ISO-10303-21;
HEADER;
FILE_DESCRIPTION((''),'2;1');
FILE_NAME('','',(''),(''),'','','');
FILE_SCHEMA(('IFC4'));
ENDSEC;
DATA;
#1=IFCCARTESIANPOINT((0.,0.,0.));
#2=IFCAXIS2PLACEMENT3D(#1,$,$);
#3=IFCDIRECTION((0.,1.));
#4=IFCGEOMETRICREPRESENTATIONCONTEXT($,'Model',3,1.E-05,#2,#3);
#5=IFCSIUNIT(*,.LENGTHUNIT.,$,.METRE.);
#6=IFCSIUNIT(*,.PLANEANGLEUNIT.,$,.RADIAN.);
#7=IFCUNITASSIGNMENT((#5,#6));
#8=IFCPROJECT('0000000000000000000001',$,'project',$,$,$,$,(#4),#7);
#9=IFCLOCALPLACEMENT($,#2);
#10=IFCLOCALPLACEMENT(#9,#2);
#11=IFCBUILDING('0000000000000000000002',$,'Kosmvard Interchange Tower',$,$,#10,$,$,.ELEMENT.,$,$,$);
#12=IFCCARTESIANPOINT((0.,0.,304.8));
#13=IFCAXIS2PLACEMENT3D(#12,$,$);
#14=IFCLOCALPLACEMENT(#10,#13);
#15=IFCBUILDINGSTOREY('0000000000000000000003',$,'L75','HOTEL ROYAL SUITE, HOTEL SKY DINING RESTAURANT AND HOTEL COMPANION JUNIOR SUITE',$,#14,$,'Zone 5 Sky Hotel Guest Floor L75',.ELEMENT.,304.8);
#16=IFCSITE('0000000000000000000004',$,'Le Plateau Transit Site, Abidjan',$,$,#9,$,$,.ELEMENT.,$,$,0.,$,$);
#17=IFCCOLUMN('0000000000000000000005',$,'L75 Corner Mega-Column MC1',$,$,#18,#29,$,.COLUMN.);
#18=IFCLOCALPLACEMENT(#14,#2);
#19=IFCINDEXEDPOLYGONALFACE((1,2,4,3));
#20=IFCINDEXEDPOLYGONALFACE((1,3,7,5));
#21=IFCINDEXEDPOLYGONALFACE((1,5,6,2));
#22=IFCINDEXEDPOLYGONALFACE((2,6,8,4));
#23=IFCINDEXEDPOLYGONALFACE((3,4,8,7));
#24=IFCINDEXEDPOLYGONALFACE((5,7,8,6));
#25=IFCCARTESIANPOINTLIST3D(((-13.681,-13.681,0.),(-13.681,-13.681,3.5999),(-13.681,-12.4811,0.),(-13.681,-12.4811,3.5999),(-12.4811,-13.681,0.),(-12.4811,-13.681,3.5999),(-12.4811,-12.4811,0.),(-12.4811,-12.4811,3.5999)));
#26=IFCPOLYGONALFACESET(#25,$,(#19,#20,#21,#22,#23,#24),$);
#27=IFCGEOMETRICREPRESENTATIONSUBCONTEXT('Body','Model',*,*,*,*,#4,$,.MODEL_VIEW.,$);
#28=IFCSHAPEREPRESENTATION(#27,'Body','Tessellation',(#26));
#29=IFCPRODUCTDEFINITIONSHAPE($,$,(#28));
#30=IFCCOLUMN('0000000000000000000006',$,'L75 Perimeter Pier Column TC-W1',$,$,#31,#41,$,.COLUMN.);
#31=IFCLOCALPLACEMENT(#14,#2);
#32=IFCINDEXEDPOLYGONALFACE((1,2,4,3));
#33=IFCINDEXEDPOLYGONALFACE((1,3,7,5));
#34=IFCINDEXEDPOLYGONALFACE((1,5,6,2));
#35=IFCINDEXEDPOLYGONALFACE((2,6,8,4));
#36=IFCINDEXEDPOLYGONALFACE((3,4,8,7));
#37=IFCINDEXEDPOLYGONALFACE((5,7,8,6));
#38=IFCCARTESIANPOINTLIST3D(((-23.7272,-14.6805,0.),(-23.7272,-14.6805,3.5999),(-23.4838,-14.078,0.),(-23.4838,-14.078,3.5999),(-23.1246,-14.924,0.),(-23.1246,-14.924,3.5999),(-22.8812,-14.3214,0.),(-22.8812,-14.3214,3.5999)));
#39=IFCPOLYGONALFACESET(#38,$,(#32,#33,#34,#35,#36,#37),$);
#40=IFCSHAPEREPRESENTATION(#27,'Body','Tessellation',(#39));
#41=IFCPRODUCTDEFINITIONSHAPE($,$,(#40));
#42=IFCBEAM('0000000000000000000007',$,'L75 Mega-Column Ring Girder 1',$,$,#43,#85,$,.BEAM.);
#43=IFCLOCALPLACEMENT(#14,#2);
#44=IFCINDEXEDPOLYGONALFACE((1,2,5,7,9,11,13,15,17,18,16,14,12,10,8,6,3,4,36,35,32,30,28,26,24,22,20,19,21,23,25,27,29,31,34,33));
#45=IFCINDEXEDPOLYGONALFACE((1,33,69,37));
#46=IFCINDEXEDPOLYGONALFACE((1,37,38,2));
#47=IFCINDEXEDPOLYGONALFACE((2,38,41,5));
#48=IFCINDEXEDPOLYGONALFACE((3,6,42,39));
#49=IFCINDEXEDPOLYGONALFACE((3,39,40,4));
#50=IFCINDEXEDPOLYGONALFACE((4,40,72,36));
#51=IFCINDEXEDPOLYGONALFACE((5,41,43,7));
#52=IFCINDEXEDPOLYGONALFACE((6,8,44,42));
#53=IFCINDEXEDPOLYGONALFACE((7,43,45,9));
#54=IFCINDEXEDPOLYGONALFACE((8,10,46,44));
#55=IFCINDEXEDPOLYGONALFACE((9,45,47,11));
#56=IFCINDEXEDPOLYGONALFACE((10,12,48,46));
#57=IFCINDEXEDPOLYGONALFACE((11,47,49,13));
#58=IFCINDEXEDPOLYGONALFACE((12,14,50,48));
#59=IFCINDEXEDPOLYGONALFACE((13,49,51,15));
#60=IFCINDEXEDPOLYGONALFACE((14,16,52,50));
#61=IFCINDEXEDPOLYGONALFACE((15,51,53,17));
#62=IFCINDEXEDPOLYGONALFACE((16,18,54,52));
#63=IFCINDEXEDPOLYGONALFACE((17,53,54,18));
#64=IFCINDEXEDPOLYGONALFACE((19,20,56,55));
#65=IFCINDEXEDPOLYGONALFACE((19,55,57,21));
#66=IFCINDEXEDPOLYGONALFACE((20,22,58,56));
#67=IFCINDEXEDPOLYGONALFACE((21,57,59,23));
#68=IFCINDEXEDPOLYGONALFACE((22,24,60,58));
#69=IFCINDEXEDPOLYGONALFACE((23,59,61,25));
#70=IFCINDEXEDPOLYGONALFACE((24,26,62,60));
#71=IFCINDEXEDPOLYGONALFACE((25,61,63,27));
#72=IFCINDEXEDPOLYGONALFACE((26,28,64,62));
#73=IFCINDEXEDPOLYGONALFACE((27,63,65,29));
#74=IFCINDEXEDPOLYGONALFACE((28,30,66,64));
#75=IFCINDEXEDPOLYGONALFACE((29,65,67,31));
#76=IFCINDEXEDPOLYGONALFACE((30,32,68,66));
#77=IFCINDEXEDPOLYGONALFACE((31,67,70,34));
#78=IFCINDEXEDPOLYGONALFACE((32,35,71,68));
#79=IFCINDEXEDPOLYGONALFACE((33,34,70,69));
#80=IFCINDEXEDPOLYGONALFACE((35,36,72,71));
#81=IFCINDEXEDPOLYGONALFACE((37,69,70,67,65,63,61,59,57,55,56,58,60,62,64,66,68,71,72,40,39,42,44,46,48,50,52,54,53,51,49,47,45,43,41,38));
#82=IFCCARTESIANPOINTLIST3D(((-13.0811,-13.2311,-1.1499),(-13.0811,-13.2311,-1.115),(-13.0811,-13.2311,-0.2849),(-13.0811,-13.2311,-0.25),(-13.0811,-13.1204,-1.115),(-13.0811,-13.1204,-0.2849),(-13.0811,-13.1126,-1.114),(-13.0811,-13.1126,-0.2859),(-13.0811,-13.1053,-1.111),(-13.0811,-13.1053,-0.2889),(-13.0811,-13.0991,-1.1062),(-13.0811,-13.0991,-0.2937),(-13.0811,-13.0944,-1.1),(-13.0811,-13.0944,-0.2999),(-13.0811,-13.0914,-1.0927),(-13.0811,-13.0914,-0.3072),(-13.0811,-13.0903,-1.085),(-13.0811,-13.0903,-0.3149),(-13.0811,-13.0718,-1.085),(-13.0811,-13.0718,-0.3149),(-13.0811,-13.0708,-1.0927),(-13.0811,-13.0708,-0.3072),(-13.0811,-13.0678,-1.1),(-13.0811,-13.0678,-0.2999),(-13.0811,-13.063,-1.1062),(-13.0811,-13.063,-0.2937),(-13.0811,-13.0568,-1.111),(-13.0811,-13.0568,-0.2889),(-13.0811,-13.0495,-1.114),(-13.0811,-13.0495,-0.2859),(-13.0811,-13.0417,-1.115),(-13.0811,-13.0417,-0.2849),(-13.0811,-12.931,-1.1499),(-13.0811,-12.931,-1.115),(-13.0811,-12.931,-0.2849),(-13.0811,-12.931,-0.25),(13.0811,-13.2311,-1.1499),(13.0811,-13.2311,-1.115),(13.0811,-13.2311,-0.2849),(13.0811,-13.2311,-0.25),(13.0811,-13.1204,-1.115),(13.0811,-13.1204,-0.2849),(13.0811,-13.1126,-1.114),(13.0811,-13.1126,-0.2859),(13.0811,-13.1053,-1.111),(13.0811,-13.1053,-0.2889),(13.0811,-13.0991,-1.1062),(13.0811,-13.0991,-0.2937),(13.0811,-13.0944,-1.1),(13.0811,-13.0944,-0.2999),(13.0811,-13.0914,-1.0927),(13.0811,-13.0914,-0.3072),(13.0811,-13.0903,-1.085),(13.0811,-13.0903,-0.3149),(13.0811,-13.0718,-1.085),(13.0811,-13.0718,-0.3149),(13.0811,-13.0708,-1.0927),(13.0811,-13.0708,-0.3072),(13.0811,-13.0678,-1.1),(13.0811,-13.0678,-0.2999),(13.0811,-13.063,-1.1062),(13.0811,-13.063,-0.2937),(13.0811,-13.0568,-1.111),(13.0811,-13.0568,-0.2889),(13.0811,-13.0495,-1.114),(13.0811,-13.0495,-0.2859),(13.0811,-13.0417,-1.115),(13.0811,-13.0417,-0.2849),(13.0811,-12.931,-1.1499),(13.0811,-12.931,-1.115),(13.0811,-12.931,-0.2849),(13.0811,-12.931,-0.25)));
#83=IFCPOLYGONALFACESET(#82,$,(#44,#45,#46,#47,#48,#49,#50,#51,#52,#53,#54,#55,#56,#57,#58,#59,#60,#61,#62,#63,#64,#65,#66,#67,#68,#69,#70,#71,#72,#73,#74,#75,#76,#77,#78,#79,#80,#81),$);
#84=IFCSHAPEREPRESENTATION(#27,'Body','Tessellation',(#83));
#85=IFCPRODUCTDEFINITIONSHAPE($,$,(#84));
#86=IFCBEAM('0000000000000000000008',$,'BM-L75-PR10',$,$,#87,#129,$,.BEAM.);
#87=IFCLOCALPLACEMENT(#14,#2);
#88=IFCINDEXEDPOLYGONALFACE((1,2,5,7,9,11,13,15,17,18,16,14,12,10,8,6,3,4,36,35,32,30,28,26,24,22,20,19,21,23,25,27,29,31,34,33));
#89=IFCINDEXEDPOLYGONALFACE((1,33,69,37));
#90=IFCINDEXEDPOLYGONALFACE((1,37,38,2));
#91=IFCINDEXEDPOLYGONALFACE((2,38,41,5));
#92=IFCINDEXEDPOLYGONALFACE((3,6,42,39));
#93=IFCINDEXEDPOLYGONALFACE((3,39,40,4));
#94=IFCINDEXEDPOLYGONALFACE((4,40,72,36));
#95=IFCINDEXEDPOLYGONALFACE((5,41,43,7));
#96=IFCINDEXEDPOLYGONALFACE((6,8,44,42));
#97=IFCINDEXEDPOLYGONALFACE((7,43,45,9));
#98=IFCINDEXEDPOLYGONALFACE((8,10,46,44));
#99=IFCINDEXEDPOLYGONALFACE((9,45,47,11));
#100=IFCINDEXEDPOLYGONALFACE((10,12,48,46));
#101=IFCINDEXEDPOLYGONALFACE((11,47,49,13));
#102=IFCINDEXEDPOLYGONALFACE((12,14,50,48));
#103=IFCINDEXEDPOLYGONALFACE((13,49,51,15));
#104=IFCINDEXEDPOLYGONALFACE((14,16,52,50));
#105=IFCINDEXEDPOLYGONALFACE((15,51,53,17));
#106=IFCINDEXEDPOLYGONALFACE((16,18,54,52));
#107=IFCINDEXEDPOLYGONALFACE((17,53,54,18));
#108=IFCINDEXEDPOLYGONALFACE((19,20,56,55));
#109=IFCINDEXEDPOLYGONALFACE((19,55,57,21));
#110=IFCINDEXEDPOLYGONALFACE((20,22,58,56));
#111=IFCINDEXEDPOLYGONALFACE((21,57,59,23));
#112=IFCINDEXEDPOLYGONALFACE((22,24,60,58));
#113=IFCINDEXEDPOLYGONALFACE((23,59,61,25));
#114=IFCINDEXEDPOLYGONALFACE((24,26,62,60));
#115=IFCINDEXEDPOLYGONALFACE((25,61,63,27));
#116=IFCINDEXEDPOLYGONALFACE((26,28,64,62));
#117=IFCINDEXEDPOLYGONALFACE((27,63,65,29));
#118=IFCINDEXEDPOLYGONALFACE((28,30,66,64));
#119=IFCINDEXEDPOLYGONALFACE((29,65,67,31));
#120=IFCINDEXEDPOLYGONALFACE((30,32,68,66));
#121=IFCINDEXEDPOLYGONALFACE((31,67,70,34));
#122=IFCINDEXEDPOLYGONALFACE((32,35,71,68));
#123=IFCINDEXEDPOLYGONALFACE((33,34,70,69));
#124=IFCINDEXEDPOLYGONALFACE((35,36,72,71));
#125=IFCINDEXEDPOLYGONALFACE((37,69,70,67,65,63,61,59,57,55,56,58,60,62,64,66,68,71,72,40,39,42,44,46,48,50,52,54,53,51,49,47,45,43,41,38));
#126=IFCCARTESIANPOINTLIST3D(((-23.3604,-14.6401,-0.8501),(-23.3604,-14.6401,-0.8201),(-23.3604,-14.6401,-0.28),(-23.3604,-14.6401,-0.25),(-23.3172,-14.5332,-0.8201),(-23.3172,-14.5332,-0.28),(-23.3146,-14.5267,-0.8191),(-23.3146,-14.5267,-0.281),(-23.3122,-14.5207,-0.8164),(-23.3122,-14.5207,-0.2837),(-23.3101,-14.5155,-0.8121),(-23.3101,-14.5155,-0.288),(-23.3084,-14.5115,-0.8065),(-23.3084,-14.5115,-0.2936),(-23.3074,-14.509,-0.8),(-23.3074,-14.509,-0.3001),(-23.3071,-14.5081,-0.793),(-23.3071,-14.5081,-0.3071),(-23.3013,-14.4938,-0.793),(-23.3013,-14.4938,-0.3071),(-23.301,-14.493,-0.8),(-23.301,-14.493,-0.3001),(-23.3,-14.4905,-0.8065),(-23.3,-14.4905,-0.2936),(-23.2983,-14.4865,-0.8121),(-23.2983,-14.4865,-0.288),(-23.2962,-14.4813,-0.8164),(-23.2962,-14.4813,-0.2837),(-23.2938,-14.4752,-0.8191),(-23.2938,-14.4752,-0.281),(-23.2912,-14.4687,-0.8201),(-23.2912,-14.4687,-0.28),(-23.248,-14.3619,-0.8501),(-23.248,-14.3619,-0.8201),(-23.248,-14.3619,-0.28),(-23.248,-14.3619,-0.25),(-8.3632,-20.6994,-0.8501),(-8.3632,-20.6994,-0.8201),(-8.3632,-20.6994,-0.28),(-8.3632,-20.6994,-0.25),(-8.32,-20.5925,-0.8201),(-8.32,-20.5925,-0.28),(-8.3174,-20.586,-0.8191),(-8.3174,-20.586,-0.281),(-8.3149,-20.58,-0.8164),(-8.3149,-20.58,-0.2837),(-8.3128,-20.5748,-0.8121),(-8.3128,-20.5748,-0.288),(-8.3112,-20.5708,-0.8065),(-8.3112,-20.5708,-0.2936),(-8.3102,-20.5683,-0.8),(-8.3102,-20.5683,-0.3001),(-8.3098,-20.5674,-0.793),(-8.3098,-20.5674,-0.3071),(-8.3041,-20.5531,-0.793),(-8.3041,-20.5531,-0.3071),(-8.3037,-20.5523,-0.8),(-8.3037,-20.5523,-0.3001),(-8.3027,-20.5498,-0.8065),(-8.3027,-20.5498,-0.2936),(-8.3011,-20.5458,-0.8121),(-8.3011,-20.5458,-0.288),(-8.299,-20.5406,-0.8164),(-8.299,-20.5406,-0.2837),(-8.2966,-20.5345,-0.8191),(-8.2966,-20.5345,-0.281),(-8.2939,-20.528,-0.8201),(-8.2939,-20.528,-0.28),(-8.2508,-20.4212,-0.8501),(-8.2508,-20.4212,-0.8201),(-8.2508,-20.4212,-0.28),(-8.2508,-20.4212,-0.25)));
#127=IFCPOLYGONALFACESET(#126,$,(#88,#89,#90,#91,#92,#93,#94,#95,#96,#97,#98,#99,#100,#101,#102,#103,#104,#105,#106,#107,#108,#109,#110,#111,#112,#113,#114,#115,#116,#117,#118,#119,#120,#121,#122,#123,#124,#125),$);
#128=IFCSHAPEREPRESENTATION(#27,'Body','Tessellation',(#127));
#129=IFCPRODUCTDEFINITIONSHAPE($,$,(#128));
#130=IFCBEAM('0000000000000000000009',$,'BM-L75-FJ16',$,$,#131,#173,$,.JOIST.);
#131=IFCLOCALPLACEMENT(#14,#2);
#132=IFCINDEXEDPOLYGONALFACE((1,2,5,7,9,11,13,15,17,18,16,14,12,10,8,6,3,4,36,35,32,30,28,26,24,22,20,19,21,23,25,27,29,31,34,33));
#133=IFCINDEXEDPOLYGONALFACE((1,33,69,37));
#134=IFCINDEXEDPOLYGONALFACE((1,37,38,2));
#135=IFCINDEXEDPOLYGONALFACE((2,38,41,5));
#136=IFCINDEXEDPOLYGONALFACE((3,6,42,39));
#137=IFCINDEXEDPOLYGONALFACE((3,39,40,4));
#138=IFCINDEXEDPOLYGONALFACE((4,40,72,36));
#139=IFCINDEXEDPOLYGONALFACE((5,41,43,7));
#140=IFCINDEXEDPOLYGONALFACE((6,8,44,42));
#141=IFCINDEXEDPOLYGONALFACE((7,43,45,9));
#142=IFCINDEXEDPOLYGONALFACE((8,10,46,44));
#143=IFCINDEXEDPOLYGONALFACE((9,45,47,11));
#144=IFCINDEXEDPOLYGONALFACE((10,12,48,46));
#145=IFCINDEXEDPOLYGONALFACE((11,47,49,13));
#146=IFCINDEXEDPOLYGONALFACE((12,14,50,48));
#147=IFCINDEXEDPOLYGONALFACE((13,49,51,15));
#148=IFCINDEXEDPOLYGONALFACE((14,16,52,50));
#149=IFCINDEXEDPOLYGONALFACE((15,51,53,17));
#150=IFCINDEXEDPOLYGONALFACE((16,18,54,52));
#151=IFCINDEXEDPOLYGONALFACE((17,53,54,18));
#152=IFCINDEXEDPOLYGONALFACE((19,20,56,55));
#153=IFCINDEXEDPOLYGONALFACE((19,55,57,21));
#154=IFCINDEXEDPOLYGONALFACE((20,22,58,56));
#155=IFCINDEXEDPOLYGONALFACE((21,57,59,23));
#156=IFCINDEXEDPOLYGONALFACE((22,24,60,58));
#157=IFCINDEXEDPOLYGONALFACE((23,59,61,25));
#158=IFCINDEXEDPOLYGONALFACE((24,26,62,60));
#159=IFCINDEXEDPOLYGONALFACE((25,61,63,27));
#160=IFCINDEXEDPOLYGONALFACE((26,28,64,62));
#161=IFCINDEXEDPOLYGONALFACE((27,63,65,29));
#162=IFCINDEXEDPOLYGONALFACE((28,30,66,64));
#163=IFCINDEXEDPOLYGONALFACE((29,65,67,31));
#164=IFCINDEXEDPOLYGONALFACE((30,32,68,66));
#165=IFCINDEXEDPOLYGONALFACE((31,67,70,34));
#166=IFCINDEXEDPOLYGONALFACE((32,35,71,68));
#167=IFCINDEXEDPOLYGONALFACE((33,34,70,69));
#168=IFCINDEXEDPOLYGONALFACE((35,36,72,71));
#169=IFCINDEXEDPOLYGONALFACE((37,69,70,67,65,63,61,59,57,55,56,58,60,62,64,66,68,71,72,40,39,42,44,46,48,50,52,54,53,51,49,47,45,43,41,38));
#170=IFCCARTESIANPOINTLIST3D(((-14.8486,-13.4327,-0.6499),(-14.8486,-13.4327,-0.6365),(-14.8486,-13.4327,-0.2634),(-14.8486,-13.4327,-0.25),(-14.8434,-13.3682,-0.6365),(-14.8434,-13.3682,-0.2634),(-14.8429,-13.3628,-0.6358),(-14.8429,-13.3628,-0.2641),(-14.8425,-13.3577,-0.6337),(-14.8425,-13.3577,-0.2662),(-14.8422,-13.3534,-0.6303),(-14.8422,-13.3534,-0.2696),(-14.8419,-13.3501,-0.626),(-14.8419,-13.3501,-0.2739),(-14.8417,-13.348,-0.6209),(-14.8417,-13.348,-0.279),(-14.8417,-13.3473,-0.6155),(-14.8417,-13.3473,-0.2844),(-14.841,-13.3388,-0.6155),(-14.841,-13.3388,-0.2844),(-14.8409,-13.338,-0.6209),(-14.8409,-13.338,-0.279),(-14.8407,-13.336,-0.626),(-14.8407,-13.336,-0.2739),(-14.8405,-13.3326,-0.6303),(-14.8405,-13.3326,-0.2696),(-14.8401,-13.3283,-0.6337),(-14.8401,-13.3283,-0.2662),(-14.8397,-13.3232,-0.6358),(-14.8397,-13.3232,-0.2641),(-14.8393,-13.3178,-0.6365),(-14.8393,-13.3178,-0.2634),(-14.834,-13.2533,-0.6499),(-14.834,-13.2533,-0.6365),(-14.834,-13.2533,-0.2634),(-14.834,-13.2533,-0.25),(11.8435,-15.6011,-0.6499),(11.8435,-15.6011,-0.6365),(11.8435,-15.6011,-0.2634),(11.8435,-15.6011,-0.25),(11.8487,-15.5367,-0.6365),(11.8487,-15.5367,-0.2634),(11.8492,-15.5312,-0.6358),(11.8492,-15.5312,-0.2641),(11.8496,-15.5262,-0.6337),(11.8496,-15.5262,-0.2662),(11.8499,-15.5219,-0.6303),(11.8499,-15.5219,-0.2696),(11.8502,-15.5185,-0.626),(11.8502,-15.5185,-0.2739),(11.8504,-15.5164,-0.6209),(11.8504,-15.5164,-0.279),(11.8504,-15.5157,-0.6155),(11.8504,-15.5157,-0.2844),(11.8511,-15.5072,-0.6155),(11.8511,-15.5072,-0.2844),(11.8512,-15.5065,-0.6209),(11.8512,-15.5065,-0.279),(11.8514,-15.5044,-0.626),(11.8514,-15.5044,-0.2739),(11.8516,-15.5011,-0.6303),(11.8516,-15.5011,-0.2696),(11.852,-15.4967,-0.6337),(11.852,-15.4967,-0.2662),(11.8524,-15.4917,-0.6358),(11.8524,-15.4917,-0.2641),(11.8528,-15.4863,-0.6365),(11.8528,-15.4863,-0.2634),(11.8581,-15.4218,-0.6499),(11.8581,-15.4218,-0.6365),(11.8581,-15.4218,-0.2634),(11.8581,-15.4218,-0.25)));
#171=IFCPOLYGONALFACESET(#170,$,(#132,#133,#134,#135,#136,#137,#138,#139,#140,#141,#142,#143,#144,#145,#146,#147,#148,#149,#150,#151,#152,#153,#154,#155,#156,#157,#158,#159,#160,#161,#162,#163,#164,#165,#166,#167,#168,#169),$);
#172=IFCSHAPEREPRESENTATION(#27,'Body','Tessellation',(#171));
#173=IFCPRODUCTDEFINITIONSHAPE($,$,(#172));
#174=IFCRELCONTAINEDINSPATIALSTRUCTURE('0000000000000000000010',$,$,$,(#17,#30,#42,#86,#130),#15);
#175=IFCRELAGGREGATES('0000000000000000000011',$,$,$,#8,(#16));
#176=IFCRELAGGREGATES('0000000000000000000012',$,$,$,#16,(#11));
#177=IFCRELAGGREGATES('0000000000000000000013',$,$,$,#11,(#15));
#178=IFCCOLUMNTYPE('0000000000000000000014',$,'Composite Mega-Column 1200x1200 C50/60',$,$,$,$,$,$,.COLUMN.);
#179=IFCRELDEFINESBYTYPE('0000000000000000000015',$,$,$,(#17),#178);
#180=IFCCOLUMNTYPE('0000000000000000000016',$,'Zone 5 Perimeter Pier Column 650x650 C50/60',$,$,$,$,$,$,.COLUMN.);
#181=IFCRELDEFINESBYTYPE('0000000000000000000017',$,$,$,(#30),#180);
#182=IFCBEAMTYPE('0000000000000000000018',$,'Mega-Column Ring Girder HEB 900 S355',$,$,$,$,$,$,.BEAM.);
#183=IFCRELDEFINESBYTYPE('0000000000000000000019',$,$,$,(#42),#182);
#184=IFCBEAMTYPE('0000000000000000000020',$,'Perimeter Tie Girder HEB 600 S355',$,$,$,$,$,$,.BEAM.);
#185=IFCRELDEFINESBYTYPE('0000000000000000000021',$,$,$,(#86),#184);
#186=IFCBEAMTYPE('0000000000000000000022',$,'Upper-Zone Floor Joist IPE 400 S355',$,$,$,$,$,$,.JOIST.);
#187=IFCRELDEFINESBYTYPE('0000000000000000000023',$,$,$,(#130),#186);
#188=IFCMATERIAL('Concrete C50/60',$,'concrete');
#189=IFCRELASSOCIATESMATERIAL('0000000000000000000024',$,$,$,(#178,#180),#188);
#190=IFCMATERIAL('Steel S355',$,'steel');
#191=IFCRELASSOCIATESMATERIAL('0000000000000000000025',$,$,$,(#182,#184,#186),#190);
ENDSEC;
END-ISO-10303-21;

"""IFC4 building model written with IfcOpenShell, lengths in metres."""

from ifc_helpers import new_model, si_unit, direction, frame, origin, origin_2d, place, context, subcontext, project, spatial, rectangle, i_section, extrude, source, transform, mapped, material, material_profile, profile_set, type_object, element, save


model = new_model("IFC4")

# Units and contexts
model_context = context("Model", 3, precision=1e-05, world=origin(), true_north=direction((0.0, 1.0)))
body_context = subcontext(model_context, "Body", "Model", "MODEL_VIEW")
ifc_project = project(units=[si_unit("LENGTHUNIT", "METRE"), si_unit("PLANEANGLEUNIT", "RADIAN")], contexts=[model_context])

# Site, building, storey
site_placement = place(None, origin())
site = spatial("IfcSite", under=ifc_project, at=site_placement, Name="Le Plateau Transit Site, Abidjan", CompositionType="ELEMENT", RefElevation=0.0)
building_placement = place(site_placement, origin())
building = spatial("IfcBuilding", under=site, at=building_placement, Name="Kosmvard Interchange Tower", CompositionType="ELEMENT")
storey_placement = place(building_placement, frame((0.0, 0.0, 304.8)))
storey = spatial("IfcBuildingStorey", under=building, at=storey_placement, Name="L75", Description="HOTEL ROYAL SUITE, HOTEL SKY DINING RESTAURANT AND HOTEL COMPANION JUNIOR SUITE", LongName="Zone 5 Sky Hotel Guest Floor L75", CompositionType="ELEMENT", Elevation=304.8)

# Columns
ifc_material_1 = material(Name="Concrete C50/60", Category="concrete")
ifc_material_profile_1 = material_profile(ifc_material_1, rectangle(XDim=1.2, YDim=1.2, at=origin_2d()), Name="MC 1200x1200")
ifc_profile_set_1 = profile_set([ifc_material_profile_1], Name="Concrete C50/60")
column_type_1 = type_object("IfcColumnType", Name="Composite Mega-Column 1200x1200 C50/60", PredefinedType="COLUMN", material=ifc_profile_set_1)
shared_shape_1 = source(origin(), body_context, "Body", "SweptSolid", [
    extrude(rectangle(XDim=1.2, YDim=1.2, at=origin_2d()), origin(), (0.0, 0.0, 1.0), 3.5999),
])
column_1_placement = place(storey_placement, frame((-13.0811, -13.0811, 0.0), z_axis=(0.0, 0.0, 1.0), x_axis=(1.0, 0.0, 0.0)))
element("IfcColumn", 1, at=column_1_placement, inside=storey, type_object=column_type_1, Name="L75 Corner Mega-Column MC1", PredefinedType="COLUMN", context=body_context, shape_type="MappedRepresentation", body=[
    mapped(shared_shape_1, transform((0.0, 0.0, 0.0), scale=1.0)),
])
ifc_material_profile_2 = material_profile(ifc_material_1, rectangle(XDim=0.6499, YDim=0.6499, at=origin_2d()), Name="TC 650x650")
ifc_profile_set_2 = profile_set([ifc_material_profile_2], Name="Concrete C50/60")
column_type_2 = type_object("IfcColumnType", Name="Zone 5 Perimeter Pier Column 650x650 C50/60", PredefinedType="COLUMN", material=ifc_profile_set_2)
shared_shape_2 = source(origin(), body_context, "Body", "SweptSolid", [
    extrude(rectangle(XDim=0.6499, YDim=0.6499, at=origin_2d()), origin(), (0.0, 0.0, 1.0), 3.5999),
])
column_2_placement = place(storey_placement, frame((-23.3042, -14.501, 0.0), z_axis=(0.0, 0.0, 1.0), x_axis=(0.374607, 0.927184, 0.0)))
element("IfcColumn", 2, at=column_2_placement, inside=storey, type_object=column_type_2, Name="L75 Perimeter Pier Column TC-W1", PredefinedType="COLUMN", context=body_context, shape_type="MappedRepresentation", body=[
    mapped(shared_shape_2, transform((0.0, 0.0, 0.0), scale=1.0)),
])

# Beams
ifc_material_2 = material(Name="Steel S355", Category="steel")
ifc_material_profile_3 = material_profile(ifc_material_2, i_section(OverallWidth=0.3, OverallDepth=0.8999, WebThickness=0.0186, FlangeThickness=0.0349, FilletRadius=0.03, at=origin_2d()), Name="HEB 900")
ifc_profile_set_3 = profile_set([ifc_material_profile_3], Name="Steel S355")
beam_type_1 = type_object("IfcBeamType", Name="Mega-Column Ring Girder HEB 900 S355", PredefinedType="BEAM", material=ifc_profile_set_3)
shared_shape_3 = source(origin(), body_context, "Body", "SweptSolid", [
    extrude(i_section(OverallWidth=0.3, OverallDepth=0.8999, WebThickness=0.0186, FlangeThickness=0.0349, FilletRadius=0.03, at=origin_2d()), origin(), (0.0, 0.0, 1.0), 26.1621),
])
beam_1_placement = place(storey_placement, frame((-13.0811, -13.0811, -0.7), z_axis=(1.0, 0.0, 0.0), x_axis=(0.0, 1.0, 0.0)))
element("IfcBeam", 3, at=beam_1_placement, inside=storey, type_object=beam_type_1, Name="L75 Mega-Column Ring Girder 1", PredefinedType="BEAM", context=body_context, shape_type="MappedRepresentation", body=[
    mapped(shared_shape_3, transform((0.0, 0.0, 0.0), scale=1.0)),
])
ifc_material_profile_4 = material_profile(ifc_material_2, i_section(OverallWidth=0.3, OverallDepth=0.6001, WebThickness=0.0154, FlangeThickness=0.03, FilletRadius=0.0271, at=origin_2d()), Name="HEB 600")
ifc_profile_set_4 = profile_set([ifc_material_profile_4], Name="Steel S355")
beam_type_2 = type_object("IfcBeamType", Name="Perimeter Tie Girder HEB 600 S355", PredefinedType="BEAM", material=ifc_profile_set_4)
shared_shape_4 = source(origin(), body_context, "Body", "SweptSolid", [
    extrude(i_section(OverallWidth=0.3, OverallDepth=0.6001, WebThickness=0.0154, FlangeThickness=0.03, FilletRadius=0.0271, at=origin_2d()), origin(), (0.0, 0.0, 1.0), 16.175),
])
beam_2_placement = place(storey_placement, frame((-23.3042, -14.501, -0.55), z_axis=(0.927183, -0.374608, 0.0), x_axis=(0.374608, 0.927183, 0.0)))
element("IfcBeam", 4, at=beam_2_placement, inside=storey, type_object=beam_type_2, Name="BM-L75-PR10", PredefinedType="BEAM", context=body_context, shape_type="MappedRepresentation", body=[
    mapped(shared_shape_4, transform((0.0, 0.0, 0.0), scale=1.0)),
])
ifc_material_profile_5 = material_profile(ifc_material_2, i_section(OverallWidth=0.1799, OverallDepth=0.3999, WebThickness=0.0085, FlangeThickness=0.0134, FilletRadius=0.021, at=origin_2d()), Name="IPE 400")
ifc_profile_set_5 = profile_set([ifc_material_profile_5], Name="Steel S355")
beam_type_3 = type_object("IfcBeamType", Name="Upper-Zone Floor Joist IPE 400 S355", PredefinedType="JOIST", material=ifc_profile_set_5)
shared_shape_5 = source(origin(), body_context, "Body", "SweptSolid", [
    extrude(i_section(OverallWidth=0.1799, OverallDepth=0.3999, WebThickness=0.0085, FlangeThickness=0.0134, FilletRadius=0.021, at=origin_2d()), origin(), (0.0, 0.0, 1.0), 26.78),
])
beam_3_placement = place(storey_placement, frame((-14.8413, -13.343, -0.45), z_axis=(0.996716, -0.080973, 0.0), x_axis=(0.080973, 0.996716, 0.0)))
element("IfcBeam", 5, at=beam_3_placement, inside=storey, type_object=beam_type_3, Name="BM-L75-FJ16", PredefinedType="JOIST", context=body_context, shape_type="MappedRepresentation", body=[
    mapped(shared_shape_5, transform((0.0, 0.0, 0.0), scale=1.0)),
])

save(model, "model.ifc")
